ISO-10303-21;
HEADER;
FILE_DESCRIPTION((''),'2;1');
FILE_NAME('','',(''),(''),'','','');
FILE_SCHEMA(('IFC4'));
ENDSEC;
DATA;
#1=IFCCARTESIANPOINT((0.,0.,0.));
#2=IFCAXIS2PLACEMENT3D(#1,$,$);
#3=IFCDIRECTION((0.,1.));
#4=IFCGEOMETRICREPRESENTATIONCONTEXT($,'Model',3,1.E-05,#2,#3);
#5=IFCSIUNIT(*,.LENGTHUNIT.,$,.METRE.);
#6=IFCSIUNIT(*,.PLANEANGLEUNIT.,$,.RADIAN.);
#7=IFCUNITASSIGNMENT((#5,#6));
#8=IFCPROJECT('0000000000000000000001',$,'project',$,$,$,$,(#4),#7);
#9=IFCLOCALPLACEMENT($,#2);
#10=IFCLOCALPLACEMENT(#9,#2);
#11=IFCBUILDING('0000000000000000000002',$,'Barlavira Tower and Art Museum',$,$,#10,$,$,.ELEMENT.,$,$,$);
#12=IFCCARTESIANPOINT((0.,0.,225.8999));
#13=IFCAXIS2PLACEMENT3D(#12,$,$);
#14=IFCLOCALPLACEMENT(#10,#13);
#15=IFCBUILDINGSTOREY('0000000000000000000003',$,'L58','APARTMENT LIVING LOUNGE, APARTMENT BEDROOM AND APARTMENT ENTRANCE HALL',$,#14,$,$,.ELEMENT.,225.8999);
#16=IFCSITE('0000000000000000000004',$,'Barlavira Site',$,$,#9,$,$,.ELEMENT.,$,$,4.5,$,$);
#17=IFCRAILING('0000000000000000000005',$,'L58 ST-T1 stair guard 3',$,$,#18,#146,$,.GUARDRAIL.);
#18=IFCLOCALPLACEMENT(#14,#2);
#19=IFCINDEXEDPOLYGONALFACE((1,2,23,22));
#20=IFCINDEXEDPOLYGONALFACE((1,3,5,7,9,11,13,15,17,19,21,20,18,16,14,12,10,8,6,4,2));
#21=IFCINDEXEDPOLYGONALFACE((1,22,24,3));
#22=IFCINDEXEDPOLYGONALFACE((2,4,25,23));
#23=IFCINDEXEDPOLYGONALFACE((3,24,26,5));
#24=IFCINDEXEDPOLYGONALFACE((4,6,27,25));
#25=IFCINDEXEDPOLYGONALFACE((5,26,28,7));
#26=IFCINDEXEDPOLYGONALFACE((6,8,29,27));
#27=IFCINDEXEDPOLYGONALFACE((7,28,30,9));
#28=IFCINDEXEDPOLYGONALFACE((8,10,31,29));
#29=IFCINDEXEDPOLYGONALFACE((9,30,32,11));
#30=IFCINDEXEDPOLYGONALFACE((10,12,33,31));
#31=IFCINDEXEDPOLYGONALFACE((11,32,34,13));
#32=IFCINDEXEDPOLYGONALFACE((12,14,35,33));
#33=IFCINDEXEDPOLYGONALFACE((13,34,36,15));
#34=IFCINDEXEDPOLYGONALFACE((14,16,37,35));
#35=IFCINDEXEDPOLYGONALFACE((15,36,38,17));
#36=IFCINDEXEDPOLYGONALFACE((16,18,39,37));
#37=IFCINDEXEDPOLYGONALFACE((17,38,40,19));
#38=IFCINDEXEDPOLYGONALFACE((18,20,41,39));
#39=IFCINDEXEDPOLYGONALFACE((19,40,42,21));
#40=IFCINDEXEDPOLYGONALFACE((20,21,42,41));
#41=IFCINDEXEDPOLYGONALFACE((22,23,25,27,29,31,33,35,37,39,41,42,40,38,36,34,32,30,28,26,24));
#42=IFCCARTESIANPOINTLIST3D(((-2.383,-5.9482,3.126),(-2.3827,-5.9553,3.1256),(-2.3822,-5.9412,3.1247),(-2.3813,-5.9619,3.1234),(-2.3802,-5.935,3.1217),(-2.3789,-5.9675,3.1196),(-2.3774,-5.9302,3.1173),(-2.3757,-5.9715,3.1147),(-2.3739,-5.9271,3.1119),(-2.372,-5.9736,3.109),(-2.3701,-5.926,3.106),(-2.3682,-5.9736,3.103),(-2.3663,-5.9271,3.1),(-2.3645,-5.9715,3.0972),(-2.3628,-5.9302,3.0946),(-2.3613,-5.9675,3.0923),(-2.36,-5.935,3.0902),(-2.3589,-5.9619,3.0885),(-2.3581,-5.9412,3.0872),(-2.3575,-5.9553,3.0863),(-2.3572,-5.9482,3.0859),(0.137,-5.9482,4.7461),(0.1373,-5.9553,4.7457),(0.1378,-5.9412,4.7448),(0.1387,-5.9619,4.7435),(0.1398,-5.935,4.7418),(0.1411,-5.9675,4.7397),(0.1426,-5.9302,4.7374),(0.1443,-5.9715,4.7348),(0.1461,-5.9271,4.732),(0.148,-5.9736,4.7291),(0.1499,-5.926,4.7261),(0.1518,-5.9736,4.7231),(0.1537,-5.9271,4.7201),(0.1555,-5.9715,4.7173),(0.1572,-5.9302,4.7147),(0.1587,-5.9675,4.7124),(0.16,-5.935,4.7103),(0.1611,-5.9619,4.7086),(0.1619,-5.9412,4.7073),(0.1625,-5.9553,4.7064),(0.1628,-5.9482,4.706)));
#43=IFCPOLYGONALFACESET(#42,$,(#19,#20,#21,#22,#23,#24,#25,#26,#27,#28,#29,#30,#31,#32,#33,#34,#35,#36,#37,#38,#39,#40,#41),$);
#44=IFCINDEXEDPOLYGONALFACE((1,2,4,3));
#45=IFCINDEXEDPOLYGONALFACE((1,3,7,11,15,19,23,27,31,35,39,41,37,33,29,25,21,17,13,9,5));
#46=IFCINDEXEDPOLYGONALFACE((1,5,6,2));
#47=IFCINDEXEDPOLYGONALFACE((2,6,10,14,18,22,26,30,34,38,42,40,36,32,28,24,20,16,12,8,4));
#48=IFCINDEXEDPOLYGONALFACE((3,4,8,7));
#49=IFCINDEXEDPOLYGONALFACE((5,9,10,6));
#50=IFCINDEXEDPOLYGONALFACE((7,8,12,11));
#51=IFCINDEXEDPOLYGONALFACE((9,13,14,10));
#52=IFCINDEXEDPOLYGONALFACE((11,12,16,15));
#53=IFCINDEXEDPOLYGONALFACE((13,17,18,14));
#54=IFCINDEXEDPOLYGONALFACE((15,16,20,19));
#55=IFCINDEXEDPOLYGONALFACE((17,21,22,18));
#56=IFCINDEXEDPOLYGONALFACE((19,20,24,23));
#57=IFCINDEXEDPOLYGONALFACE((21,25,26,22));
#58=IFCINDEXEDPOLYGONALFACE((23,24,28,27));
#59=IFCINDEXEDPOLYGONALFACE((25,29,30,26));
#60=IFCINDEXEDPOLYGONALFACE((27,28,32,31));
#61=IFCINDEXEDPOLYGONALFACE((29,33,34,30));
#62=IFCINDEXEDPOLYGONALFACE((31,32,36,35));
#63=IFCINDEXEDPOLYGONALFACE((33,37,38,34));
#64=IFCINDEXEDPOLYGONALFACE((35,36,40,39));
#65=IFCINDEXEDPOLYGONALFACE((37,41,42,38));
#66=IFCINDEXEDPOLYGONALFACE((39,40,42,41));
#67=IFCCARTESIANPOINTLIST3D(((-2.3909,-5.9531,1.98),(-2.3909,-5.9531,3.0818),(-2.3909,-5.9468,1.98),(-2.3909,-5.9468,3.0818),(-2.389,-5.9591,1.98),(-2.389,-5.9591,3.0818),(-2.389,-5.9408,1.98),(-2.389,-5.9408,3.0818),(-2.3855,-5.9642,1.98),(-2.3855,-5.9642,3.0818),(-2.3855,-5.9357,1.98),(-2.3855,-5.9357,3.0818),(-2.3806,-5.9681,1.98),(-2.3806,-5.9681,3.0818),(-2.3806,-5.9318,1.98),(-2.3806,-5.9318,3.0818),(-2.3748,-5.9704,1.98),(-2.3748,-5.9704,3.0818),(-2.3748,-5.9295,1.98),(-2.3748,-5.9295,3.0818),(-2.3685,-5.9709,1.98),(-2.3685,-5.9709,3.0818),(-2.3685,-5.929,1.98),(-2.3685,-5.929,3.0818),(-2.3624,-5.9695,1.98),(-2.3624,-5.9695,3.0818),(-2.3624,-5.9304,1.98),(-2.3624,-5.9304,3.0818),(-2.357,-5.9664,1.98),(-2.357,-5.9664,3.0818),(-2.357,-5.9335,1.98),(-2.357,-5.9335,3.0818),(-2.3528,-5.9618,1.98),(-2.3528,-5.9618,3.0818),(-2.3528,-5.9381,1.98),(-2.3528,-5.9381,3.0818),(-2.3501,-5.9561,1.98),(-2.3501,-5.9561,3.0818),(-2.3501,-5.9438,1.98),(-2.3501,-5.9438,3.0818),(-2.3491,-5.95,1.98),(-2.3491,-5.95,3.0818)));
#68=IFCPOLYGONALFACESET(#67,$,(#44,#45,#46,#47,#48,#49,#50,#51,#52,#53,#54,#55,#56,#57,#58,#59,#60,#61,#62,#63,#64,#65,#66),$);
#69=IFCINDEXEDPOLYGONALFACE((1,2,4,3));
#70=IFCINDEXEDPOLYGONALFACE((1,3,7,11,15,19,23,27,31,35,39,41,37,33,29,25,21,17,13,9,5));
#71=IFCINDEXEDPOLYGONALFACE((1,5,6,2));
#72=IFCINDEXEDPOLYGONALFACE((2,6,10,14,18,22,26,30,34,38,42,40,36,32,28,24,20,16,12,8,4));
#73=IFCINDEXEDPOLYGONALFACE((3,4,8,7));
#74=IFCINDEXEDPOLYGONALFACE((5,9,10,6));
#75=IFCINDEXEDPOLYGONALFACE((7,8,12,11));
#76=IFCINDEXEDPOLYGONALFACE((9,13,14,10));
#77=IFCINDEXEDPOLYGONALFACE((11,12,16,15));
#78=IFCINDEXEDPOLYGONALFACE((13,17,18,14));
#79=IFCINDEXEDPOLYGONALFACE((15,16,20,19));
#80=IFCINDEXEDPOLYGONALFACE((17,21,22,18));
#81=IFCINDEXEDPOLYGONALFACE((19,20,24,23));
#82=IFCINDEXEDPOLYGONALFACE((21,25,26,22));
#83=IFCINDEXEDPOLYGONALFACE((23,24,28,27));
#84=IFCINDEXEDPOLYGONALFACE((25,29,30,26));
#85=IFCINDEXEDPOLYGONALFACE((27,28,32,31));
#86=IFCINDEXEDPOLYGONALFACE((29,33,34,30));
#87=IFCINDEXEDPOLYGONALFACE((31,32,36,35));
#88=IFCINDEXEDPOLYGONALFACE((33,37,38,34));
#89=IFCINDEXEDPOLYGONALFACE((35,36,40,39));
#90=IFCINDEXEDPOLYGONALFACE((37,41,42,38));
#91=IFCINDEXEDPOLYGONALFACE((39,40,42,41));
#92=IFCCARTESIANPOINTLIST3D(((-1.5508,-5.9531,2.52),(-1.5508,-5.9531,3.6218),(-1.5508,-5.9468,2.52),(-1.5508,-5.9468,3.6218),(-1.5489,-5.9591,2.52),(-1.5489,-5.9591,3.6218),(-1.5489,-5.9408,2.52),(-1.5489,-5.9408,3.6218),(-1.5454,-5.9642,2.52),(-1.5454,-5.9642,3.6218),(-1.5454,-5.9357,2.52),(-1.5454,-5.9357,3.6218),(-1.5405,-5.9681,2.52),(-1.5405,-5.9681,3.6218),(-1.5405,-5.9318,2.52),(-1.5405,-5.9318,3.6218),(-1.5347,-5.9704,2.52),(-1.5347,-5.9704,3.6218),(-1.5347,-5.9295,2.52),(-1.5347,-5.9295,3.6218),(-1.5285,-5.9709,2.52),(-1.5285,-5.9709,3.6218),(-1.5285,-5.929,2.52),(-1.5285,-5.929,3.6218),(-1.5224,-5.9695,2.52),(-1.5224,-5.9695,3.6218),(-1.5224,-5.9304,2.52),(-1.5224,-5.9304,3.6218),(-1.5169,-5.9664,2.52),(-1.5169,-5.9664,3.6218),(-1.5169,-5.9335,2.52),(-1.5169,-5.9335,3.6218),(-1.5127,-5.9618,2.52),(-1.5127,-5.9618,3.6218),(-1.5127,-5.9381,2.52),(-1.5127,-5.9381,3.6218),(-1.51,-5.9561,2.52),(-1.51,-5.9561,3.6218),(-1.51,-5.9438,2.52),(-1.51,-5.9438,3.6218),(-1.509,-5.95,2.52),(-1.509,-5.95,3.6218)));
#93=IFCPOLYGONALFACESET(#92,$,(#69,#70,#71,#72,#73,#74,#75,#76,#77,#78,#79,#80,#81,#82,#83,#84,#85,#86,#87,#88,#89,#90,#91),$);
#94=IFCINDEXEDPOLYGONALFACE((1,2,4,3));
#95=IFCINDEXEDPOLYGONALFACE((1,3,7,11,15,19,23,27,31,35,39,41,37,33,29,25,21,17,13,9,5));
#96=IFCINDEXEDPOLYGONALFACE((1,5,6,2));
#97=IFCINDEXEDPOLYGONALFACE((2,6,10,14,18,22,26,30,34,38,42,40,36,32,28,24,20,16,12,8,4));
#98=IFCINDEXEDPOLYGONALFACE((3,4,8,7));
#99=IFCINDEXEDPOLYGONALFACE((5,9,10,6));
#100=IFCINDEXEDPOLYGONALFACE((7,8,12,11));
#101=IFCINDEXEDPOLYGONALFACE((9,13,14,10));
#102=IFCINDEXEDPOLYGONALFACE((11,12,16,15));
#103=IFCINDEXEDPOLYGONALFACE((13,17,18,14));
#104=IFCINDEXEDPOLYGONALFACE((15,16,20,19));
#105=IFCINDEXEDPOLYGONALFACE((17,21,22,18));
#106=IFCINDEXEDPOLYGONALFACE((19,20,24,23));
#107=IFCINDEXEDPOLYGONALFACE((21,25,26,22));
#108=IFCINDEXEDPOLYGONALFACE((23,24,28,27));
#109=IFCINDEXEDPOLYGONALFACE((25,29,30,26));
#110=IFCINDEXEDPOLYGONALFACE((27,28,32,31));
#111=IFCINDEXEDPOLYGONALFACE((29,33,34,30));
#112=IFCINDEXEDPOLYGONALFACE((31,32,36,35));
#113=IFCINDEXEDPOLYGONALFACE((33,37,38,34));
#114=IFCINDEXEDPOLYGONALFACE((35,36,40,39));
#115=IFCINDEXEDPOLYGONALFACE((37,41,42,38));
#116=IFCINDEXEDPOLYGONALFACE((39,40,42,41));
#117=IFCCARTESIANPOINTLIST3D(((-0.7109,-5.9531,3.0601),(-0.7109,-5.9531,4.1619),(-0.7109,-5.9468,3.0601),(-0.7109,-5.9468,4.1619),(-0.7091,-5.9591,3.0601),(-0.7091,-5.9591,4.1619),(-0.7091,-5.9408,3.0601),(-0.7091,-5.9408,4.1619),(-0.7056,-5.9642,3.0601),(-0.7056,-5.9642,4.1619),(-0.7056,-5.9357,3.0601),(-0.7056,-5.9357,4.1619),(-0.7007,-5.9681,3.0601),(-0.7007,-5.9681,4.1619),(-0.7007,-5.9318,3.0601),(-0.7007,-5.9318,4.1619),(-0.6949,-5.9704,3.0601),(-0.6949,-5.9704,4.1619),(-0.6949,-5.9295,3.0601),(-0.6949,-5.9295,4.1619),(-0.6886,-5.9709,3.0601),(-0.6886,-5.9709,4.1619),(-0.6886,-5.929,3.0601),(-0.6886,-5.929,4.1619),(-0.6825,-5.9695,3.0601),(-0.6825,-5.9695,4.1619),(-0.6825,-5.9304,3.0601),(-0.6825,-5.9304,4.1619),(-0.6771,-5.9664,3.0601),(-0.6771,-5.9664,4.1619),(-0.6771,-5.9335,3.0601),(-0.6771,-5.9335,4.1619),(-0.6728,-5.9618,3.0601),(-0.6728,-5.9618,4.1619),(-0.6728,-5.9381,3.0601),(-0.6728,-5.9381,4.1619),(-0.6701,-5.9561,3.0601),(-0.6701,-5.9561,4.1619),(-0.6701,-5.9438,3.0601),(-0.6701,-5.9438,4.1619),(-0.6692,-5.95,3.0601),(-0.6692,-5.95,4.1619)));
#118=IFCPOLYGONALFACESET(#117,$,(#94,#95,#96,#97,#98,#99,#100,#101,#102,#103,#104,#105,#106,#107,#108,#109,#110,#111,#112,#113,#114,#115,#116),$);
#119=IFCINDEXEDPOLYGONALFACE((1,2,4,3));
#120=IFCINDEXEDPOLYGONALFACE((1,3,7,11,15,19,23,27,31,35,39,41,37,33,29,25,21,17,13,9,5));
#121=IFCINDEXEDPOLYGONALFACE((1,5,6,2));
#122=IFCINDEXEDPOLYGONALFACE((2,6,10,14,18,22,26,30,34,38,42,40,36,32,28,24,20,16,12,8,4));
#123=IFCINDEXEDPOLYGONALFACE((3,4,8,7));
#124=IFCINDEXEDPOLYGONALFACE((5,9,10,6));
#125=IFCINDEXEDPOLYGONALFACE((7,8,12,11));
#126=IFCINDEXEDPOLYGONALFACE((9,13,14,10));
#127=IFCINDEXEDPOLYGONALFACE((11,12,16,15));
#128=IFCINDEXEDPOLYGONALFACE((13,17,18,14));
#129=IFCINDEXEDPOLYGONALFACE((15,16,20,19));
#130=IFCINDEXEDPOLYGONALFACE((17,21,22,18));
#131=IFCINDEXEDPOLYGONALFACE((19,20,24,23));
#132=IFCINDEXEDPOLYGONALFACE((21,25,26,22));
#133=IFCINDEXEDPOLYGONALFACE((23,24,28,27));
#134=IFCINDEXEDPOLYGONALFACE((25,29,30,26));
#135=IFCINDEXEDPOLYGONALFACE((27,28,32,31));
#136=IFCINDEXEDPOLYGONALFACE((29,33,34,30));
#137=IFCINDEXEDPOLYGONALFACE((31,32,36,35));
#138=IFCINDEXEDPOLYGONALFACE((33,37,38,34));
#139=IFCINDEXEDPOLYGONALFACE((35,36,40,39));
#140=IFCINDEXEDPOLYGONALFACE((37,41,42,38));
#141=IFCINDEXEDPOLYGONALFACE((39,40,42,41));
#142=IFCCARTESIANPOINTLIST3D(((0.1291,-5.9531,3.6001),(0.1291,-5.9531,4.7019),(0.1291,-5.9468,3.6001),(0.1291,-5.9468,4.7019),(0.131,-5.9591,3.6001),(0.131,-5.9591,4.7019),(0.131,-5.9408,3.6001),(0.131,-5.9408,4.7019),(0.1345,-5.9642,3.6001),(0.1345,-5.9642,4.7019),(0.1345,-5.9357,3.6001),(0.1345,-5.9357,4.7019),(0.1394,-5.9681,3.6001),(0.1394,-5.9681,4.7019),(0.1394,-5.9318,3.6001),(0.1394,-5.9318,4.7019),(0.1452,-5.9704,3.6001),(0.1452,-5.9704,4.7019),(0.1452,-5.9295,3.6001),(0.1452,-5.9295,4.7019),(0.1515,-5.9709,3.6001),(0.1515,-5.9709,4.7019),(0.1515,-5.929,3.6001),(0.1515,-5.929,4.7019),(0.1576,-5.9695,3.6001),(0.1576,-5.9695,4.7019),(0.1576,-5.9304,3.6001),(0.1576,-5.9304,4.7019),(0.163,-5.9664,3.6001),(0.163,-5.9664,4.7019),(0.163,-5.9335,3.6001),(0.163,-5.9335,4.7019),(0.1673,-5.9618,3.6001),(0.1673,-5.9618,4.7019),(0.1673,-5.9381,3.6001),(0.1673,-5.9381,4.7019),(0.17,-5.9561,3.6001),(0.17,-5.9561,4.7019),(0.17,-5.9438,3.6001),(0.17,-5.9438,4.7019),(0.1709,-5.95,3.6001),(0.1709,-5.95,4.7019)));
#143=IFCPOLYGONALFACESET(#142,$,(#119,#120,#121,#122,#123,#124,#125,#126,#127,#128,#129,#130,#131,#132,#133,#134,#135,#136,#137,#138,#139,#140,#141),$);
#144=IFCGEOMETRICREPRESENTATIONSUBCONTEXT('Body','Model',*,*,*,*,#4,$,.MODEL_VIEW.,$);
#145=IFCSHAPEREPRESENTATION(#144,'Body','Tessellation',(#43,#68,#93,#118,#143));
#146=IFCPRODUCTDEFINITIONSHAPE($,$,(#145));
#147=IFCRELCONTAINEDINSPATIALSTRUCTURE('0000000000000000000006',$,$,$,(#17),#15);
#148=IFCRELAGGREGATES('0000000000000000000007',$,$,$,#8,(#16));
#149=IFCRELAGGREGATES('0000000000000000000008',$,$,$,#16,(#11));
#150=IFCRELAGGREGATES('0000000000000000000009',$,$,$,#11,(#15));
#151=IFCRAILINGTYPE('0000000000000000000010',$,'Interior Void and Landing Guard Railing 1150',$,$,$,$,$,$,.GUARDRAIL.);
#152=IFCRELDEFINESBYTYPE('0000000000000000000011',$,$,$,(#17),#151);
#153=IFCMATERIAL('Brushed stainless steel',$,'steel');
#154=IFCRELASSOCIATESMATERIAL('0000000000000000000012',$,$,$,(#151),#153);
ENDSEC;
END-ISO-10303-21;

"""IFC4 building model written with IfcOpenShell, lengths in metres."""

from ifc_helpers import new_model, si_unit, direction, frame, origin, origin_2d, place, context, subcontext, project, spatial, circle, extrude, material, type_object, element, save


model = new_model("IFC4")

# Units and contexts
model_context = context("Model", 3, precision=1e-05, world=origin(), true_north=direction((0.0, 1.0)))
body_context = subcontext(model_context, "Body", "Model", "MODEL_VIEW")
ifc_project = project(units=[si_unit("LENGTHUNIT", "METRE"), si_unit("PLANEANGLEUNIT", "RADIAN")], contexts=[model_context])

# Site, building, storey
site_placement = place(None, origin())
site = spatial("IfcSite", under=ifc_project, at=site_placement, Name="Barlavira Site", CompositionType="ELEMENT", RefElevation=4.5)
building_placement = place(site_placement, origin())
building = spatial("IfcBuilding", under=site, at=building_placement, Name="Barlavira Tower and Art Museum", CompositionType="ELEMENT")
storey_placement = place(building_placement, frame((0.0, 0.0, 225.8999)))
storey = spatial("IfcBuildingStorey", under=building, at=storey_placement, Name="L58", Description="APARTMENT LIVING LOUNGE, APARTMENT BEDROOM AND APARTMENT ENTRANCE HALL", CompositionType="ELEMENT", Elevation=225.8999)

# Shared definitions
ifc_material_1 = material(Name="Brushed stainless steel", Category="steel")

# Railing
railing_type_1 = type_object("IfcRailingType", Name="Interior Void and Landing Guard Railing 1150", PredefinedType="GUARDRAIL", material=ifc_material_1)
railing_1_placement = place(storey_placement, frame((-2.3701, -5.95, 1.98)))
element("IfcRailing", 1, at=railing_1_placement, inside=storey, type_object=railing_type_1, Name="L58 ST-T1 stair guard 3", PredefinedType="GUARDRAIL", context=body_context, shape_type="SweptSolid", body=[
    extrude(circle(Radius=0.0239, at=origin_2d()), frame((0.0, 0.0, 1.126), z_axis=(0.841163, 0.0, 0.540782), x_axis=(0.0, 1.0, 0.0)), (0.0, 0.0, 1.0), 2.9958),
    extrude(circle(Radius=0.021, at=origin_2d()), origin(), (0.0, 0.0, 1.0), 1.1018),
    extrude(circle(Radius=0.021, at=origin_2d()), frame((0.8401, 0.0, 0.54)), (0.0, 0.0, 1.0), 1.1018),
    extrude(circle(Radius=0.021, at=origin_2d()), frame((1.6799, 0.0, 1.0801)), (0.0, 0.0, 1.0), 1.1018),
    extrude(circle(Radius=0.021, at=origin_2d()), frame((2.52, 0.0, 1.6201)), (0.0, 0.0, 1.0), 1.1018),
])

save(model, "model.ifc")
